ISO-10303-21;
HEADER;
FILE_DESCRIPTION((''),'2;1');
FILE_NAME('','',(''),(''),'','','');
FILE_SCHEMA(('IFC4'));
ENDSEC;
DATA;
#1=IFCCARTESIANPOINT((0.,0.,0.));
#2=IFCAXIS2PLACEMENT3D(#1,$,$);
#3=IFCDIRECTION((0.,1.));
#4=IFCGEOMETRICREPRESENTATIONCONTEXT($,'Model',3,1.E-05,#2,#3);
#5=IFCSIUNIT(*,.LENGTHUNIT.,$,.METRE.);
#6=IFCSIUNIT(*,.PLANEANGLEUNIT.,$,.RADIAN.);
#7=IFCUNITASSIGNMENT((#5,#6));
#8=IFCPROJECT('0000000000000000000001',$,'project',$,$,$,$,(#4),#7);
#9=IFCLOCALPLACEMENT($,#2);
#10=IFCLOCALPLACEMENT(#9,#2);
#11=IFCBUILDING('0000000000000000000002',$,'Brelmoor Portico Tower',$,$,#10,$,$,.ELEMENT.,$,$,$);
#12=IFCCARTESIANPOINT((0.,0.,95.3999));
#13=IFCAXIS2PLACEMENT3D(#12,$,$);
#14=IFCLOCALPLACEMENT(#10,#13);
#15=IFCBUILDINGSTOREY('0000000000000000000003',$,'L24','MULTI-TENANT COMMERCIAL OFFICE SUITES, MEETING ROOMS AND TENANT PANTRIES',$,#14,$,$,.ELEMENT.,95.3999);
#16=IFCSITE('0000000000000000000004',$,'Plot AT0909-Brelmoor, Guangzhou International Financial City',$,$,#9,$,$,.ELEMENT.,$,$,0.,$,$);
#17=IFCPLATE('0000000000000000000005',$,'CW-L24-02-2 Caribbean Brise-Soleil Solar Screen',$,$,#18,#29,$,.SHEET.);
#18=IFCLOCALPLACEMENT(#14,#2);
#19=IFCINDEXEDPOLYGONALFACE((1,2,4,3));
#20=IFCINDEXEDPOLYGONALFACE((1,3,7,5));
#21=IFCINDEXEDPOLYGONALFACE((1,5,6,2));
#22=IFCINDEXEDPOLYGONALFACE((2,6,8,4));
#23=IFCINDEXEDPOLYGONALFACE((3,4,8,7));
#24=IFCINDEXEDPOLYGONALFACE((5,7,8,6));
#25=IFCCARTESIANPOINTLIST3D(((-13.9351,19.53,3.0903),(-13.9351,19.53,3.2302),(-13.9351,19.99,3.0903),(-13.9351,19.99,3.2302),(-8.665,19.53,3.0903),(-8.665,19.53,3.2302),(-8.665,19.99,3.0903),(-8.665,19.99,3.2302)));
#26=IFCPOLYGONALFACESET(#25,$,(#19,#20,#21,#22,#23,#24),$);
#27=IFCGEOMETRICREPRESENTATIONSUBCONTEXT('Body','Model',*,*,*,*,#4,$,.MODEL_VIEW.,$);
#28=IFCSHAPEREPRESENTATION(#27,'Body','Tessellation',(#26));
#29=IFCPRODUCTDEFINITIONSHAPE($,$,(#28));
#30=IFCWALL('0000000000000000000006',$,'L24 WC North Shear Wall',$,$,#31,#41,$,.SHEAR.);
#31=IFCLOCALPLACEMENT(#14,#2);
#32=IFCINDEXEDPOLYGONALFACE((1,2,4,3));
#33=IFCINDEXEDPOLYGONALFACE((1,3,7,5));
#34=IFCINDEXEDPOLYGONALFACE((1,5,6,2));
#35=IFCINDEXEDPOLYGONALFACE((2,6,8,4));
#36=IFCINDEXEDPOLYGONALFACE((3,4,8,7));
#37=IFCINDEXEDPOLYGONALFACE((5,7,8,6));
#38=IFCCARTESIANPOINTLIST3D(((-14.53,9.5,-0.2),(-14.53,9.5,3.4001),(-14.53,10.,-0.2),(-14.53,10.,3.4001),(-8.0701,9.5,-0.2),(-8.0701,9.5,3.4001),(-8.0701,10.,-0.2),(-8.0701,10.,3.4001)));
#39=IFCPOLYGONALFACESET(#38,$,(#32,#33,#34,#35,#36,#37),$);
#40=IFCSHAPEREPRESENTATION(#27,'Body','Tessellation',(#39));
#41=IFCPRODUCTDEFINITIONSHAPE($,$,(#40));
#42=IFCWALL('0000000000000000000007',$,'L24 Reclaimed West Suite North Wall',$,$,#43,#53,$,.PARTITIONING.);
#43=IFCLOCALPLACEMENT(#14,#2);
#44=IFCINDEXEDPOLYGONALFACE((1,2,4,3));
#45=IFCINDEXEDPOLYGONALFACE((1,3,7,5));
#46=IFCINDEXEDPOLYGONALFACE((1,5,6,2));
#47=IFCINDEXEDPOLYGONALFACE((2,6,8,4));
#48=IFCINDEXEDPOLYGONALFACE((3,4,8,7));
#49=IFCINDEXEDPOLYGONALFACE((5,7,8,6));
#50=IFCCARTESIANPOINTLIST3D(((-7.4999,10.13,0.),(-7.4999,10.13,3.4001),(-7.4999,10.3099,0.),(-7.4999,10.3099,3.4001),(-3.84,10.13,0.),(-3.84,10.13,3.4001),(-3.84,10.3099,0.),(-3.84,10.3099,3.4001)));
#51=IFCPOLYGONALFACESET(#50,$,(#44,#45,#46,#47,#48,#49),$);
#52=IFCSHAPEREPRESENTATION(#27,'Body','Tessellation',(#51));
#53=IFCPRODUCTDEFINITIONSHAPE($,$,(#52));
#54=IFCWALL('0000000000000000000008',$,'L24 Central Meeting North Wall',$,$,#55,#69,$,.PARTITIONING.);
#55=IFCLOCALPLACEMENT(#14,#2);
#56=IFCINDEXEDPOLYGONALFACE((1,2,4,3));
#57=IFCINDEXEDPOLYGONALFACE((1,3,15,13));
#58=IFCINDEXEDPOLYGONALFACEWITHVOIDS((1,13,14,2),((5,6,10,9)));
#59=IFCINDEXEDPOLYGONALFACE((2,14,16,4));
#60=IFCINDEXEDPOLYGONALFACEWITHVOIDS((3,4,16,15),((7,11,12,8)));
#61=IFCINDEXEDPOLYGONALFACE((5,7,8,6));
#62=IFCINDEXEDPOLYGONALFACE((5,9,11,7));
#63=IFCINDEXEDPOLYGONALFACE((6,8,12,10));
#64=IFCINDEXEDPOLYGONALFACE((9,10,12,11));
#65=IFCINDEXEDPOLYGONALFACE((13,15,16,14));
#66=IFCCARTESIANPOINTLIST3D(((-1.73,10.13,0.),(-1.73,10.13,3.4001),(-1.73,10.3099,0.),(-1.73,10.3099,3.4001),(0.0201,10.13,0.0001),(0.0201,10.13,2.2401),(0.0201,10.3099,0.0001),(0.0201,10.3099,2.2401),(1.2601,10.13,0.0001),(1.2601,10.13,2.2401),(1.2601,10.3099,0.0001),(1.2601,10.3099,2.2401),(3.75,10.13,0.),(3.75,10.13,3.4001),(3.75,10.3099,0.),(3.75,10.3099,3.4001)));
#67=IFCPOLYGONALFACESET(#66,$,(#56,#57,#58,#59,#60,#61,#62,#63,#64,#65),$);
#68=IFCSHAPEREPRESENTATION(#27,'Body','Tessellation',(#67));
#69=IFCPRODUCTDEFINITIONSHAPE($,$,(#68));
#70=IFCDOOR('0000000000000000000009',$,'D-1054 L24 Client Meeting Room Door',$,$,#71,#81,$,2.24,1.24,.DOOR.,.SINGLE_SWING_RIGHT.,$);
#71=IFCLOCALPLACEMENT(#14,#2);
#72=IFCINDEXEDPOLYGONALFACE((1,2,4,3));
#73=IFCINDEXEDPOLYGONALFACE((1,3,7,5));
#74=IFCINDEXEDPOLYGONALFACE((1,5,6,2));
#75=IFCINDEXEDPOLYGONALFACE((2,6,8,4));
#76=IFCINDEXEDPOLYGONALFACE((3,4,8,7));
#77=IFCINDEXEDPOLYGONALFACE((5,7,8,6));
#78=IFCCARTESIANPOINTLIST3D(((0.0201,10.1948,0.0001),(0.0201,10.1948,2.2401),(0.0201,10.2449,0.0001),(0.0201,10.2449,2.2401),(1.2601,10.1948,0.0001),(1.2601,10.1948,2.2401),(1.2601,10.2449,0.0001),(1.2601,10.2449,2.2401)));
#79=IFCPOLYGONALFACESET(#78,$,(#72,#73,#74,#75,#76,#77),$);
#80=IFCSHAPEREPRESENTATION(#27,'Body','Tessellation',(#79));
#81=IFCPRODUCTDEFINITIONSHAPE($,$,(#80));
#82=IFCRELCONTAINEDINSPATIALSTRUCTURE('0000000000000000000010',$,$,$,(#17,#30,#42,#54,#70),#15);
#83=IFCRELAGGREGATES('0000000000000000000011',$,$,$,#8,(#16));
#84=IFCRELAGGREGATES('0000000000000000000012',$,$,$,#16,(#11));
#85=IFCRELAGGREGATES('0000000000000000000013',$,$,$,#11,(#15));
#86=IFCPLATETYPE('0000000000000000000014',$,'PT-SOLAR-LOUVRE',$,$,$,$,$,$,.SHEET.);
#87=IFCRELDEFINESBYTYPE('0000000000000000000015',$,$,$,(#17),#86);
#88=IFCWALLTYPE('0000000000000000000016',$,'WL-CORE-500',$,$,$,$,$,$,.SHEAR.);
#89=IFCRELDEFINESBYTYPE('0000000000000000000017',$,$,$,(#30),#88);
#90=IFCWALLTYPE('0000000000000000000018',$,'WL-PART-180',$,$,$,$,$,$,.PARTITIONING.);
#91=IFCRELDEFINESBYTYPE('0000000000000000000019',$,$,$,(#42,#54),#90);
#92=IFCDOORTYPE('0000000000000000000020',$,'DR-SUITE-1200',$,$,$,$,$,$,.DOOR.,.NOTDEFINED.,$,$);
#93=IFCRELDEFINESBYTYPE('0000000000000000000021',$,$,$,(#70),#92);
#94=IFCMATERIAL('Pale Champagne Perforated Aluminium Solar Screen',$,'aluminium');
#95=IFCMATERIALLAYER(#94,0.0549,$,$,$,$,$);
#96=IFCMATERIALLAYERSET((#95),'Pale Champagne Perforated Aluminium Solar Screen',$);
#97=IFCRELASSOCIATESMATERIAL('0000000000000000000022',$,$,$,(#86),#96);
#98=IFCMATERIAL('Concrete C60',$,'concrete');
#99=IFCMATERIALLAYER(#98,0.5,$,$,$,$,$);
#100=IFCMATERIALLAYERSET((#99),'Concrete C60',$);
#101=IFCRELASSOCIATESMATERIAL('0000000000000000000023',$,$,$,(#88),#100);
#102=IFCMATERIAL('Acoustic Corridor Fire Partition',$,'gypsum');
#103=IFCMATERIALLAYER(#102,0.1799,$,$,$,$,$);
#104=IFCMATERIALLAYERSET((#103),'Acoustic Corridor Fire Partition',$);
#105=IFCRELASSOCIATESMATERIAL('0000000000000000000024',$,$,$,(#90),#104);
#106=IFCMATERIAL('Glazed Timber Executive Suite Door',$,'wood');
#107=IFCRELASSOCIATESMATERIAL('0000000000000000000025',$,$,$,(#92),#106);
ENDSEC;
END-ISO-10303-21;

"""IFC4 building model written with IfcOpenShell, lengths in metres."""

from ifc_helpers import new_model, si_unit, direction, frame, frame_2d, origin, origin_2d, place, context, subcontext, project, spatial, rectangle, extrude, material, layer, layer_set, type_object, element, fill, save


model = new_model("IFC4")

# Units and contexts
model_context = context("Model", 3, precision=1e-05, world=origin(), true_north=direction((0.0, 1.0)))
body_context = subcontext(model_context, "Body", "Model", "MODEL_VIEW")
ifc_project = project(units=[si_unit("LENGTHUNIT", "METRE"), si_unit("PLANEANGLEUNIT", "RADIAN")], contexts=[model_context])

# Site, building, storey
site_placement = place(None, origin())
site = spatial("IfcSite", under=ifc_project, at=site_placement, Name="Plot AT0909-Brelmoor, Guangzhou International Financial City", CompositionType="ELEMENT", RefElevation=0.0)
building_placement = place(site_placement, origin())
building = spatial("IfcBuilding", under=site, at=building_placement, Name="Brelmoor Portico Tower", CompositionType="ELEMENT")
storey_placement = place(building_placement, frame((0.0, 0.0, 95.3999)))
storey = spatial("IfcBuildingStorey", under=building, at=storey_placement, Name="L24", Description="MULTI-TENANT COMMERCIAL OFFICE SUITES, MEETING ROOMS AND TENANT PANTRIES", CompositionType="ELEMENT", Elevation=95.3999)

# Plate
ifc_material_1 = material(Name="Pale Champagne Perforated Aluminium Solar Screen", Category="aluminium")
ifc_layer_1 = layer(ifc_material_1, 0.0549)
ifc_layer_set_1 = layer_set([ifc_layer_1], Name="Pale Champagne Perforated Aluminium Solar Screen")
plate_type_1 = type_object("IfcPlateType", Name="PT-SOLAR-LOUVRE", PredefinedType="SHEET", material=ifc_layer_set_1)
plate_1_placement = place(storey_placement, frame((-11.3, 19.76, 3.0903), z_axis=(0.0, 0.0, 1.0), x_axis=(1.0, 0.0, 0.0)))
element("IfcPlate", 1, at=plate_1_placement, inside=storey, type_object=plate_type_1, Name="CW-L24-02-2 Caribbean Brise-Soleil Solar Screen", PredefinedType="SHEET", context=body_context, shape_type="SweptSolid", body=[
    extrude(rectangle(XDim=5.27, YDim=0.46, at=origin_2d()), origin(), (0.0, 0.0, 1.0), 0.1399),
])

# Walls
ifc_material_2 = material(Name="Concrete C60", Category="concrete")
ifc_layer_2 = layer(ifc_material_2, 0.5)
ifc_layer_set_2 = layer_set([ifc_layer_2], Name="Concrete C60")
wall_type_1 = type_object("IfcWallType", Name="WL-CORE-500", PredefinedType="SHEAR", material=ifc_layer_set_2)
wall_1_placement = place(storey_placement, frame((-14.53, 9.75, -0.2), z_axis=(0.0, 0.0, 1.0), x_axis=(1.0, 0.0, 0.0)))
element("IfcWall", 2, at=wall_1_placement, inside=storey, type_object=wall_type_1, Name="L24 WC North Shear Wall", PredefinedType="SHEAR", context=body_context, shape_type="SweptSolid", body=[
    extrude(rectangle(XDim=6.46, YDim=0.5, at=frame_2d((3.23, 0.0))), origin(), (0.0, 0.0, 1.0), 3.6001),
])
ifc_material_3 = material(Name="Acoustic Corridor Fire Partition", Category="gypsum")
ifc_layer_3 = layer(ifc_material_3, 0.1799)
ifc_layer_set_3 = layer_set([ifc_layer_3], Name="Acoustic Corridor Fire Partition")
wall_type_2 = type_object("IfcWallType", Name="WL-PART-180", PredefinedType="PARTITIONING", material=ifc_layer_set_3)
wall_2_placement = place(storey_placement, frame((-7.5, 10.22, 0.0), z_axis=(0.0, 0.0, 1.0), x_axis=(1.0, 0.0, 0.0)))
element("IfcWall", 3, at=wall_2_placement, inside=storey, type_object=wall_type_2, Name="L24 Reclaimed West Suite North Wall", PredefinedType="PARTITIONING", context=body_context, shape_type="SweptSolid", body=[
    extrude(rectangle(XDim=3.6599, YDim=0.1799, at=frame_2d((1.8301, 0.0))), origin(), (0.0, 0.0, 1.0), 3.4001),
])

# Wall, opening, door
wall_3_placement = place(storey_placement, frame((-1.73, 10.22, 0.0), z_axis=(0.0, 0.0, 1.0), x_axis=(1.0, 0.0, 0.0)))
wall_3 = element("IfcWall", 4, at=wall_3_placement, inside=storey, type_object=wall_type_2, Name="L24 Central Meeting North Wall", PredefinedType="PARTITIONING", context=body_context, shape_type="SweptSolid", body=[
    extrude(rectangle(XDim=5.48, YDim=0.1799, at=frame_2d((2.74, 0.0))), origin(), (0.0, 0.0, 1.0), 3.4001),
])
opening_placement = place(wall_3_placement, frame((1.75, 0.0, 0.0)))
opening = element("IfcOpeningElement", 5, at=opening_placement, cuts=wall_3, PredefinedType="OPENING", context=body_context, shape_type="SweptSolid", body=[
    extrude(rectangle(XDim=1.24, YDim=2.24, at=frame_2d((0.6201, 1.1201))), frame((0.0, 0.0999, 0.0), z_axis=(0.0, -1.0, 0.0), x_axis=(1.0, 0.0, 0.0)), (0.0, 0.0, 1.0), 0.2),
])
ifc_material_4 = material(Name="Glazed Timber Executive Suite Door", Category="wood")
door_type = type_object("IfcDoorType", Name="DR-SUITE-1200", OperationType="NOTDEFINED", PredefinedType="DOOR", material=ifc_material_4)
door_placement = place(opening_placement, origin())
door = element("IfcDoor", 6, at=door_placement, inside=storey, type_object=door_type, Name="D-1054 L24 Client Meeting Room Door", OperationType="SINGLE_SWING_RIGHT", OverallHeight=2.24, OverallWidth=1.24, PredefinedType="DOOR", context=body_context, shape_type="SweptSolid", body=[
    extrude(rectangle(XDim=1.24, YDim=2.24, at=frame_2d((0.6201, 1.1201))), frame((0.0, 0.0249, 0.0), z_axis=(0.0, -1.0, 0.0), x_axis=(1.0, 0.0, 0.0)), (0.0, 0.0, 1.0), 0.05),
])
fill(opening, door)

save(model, "model.ifc")
